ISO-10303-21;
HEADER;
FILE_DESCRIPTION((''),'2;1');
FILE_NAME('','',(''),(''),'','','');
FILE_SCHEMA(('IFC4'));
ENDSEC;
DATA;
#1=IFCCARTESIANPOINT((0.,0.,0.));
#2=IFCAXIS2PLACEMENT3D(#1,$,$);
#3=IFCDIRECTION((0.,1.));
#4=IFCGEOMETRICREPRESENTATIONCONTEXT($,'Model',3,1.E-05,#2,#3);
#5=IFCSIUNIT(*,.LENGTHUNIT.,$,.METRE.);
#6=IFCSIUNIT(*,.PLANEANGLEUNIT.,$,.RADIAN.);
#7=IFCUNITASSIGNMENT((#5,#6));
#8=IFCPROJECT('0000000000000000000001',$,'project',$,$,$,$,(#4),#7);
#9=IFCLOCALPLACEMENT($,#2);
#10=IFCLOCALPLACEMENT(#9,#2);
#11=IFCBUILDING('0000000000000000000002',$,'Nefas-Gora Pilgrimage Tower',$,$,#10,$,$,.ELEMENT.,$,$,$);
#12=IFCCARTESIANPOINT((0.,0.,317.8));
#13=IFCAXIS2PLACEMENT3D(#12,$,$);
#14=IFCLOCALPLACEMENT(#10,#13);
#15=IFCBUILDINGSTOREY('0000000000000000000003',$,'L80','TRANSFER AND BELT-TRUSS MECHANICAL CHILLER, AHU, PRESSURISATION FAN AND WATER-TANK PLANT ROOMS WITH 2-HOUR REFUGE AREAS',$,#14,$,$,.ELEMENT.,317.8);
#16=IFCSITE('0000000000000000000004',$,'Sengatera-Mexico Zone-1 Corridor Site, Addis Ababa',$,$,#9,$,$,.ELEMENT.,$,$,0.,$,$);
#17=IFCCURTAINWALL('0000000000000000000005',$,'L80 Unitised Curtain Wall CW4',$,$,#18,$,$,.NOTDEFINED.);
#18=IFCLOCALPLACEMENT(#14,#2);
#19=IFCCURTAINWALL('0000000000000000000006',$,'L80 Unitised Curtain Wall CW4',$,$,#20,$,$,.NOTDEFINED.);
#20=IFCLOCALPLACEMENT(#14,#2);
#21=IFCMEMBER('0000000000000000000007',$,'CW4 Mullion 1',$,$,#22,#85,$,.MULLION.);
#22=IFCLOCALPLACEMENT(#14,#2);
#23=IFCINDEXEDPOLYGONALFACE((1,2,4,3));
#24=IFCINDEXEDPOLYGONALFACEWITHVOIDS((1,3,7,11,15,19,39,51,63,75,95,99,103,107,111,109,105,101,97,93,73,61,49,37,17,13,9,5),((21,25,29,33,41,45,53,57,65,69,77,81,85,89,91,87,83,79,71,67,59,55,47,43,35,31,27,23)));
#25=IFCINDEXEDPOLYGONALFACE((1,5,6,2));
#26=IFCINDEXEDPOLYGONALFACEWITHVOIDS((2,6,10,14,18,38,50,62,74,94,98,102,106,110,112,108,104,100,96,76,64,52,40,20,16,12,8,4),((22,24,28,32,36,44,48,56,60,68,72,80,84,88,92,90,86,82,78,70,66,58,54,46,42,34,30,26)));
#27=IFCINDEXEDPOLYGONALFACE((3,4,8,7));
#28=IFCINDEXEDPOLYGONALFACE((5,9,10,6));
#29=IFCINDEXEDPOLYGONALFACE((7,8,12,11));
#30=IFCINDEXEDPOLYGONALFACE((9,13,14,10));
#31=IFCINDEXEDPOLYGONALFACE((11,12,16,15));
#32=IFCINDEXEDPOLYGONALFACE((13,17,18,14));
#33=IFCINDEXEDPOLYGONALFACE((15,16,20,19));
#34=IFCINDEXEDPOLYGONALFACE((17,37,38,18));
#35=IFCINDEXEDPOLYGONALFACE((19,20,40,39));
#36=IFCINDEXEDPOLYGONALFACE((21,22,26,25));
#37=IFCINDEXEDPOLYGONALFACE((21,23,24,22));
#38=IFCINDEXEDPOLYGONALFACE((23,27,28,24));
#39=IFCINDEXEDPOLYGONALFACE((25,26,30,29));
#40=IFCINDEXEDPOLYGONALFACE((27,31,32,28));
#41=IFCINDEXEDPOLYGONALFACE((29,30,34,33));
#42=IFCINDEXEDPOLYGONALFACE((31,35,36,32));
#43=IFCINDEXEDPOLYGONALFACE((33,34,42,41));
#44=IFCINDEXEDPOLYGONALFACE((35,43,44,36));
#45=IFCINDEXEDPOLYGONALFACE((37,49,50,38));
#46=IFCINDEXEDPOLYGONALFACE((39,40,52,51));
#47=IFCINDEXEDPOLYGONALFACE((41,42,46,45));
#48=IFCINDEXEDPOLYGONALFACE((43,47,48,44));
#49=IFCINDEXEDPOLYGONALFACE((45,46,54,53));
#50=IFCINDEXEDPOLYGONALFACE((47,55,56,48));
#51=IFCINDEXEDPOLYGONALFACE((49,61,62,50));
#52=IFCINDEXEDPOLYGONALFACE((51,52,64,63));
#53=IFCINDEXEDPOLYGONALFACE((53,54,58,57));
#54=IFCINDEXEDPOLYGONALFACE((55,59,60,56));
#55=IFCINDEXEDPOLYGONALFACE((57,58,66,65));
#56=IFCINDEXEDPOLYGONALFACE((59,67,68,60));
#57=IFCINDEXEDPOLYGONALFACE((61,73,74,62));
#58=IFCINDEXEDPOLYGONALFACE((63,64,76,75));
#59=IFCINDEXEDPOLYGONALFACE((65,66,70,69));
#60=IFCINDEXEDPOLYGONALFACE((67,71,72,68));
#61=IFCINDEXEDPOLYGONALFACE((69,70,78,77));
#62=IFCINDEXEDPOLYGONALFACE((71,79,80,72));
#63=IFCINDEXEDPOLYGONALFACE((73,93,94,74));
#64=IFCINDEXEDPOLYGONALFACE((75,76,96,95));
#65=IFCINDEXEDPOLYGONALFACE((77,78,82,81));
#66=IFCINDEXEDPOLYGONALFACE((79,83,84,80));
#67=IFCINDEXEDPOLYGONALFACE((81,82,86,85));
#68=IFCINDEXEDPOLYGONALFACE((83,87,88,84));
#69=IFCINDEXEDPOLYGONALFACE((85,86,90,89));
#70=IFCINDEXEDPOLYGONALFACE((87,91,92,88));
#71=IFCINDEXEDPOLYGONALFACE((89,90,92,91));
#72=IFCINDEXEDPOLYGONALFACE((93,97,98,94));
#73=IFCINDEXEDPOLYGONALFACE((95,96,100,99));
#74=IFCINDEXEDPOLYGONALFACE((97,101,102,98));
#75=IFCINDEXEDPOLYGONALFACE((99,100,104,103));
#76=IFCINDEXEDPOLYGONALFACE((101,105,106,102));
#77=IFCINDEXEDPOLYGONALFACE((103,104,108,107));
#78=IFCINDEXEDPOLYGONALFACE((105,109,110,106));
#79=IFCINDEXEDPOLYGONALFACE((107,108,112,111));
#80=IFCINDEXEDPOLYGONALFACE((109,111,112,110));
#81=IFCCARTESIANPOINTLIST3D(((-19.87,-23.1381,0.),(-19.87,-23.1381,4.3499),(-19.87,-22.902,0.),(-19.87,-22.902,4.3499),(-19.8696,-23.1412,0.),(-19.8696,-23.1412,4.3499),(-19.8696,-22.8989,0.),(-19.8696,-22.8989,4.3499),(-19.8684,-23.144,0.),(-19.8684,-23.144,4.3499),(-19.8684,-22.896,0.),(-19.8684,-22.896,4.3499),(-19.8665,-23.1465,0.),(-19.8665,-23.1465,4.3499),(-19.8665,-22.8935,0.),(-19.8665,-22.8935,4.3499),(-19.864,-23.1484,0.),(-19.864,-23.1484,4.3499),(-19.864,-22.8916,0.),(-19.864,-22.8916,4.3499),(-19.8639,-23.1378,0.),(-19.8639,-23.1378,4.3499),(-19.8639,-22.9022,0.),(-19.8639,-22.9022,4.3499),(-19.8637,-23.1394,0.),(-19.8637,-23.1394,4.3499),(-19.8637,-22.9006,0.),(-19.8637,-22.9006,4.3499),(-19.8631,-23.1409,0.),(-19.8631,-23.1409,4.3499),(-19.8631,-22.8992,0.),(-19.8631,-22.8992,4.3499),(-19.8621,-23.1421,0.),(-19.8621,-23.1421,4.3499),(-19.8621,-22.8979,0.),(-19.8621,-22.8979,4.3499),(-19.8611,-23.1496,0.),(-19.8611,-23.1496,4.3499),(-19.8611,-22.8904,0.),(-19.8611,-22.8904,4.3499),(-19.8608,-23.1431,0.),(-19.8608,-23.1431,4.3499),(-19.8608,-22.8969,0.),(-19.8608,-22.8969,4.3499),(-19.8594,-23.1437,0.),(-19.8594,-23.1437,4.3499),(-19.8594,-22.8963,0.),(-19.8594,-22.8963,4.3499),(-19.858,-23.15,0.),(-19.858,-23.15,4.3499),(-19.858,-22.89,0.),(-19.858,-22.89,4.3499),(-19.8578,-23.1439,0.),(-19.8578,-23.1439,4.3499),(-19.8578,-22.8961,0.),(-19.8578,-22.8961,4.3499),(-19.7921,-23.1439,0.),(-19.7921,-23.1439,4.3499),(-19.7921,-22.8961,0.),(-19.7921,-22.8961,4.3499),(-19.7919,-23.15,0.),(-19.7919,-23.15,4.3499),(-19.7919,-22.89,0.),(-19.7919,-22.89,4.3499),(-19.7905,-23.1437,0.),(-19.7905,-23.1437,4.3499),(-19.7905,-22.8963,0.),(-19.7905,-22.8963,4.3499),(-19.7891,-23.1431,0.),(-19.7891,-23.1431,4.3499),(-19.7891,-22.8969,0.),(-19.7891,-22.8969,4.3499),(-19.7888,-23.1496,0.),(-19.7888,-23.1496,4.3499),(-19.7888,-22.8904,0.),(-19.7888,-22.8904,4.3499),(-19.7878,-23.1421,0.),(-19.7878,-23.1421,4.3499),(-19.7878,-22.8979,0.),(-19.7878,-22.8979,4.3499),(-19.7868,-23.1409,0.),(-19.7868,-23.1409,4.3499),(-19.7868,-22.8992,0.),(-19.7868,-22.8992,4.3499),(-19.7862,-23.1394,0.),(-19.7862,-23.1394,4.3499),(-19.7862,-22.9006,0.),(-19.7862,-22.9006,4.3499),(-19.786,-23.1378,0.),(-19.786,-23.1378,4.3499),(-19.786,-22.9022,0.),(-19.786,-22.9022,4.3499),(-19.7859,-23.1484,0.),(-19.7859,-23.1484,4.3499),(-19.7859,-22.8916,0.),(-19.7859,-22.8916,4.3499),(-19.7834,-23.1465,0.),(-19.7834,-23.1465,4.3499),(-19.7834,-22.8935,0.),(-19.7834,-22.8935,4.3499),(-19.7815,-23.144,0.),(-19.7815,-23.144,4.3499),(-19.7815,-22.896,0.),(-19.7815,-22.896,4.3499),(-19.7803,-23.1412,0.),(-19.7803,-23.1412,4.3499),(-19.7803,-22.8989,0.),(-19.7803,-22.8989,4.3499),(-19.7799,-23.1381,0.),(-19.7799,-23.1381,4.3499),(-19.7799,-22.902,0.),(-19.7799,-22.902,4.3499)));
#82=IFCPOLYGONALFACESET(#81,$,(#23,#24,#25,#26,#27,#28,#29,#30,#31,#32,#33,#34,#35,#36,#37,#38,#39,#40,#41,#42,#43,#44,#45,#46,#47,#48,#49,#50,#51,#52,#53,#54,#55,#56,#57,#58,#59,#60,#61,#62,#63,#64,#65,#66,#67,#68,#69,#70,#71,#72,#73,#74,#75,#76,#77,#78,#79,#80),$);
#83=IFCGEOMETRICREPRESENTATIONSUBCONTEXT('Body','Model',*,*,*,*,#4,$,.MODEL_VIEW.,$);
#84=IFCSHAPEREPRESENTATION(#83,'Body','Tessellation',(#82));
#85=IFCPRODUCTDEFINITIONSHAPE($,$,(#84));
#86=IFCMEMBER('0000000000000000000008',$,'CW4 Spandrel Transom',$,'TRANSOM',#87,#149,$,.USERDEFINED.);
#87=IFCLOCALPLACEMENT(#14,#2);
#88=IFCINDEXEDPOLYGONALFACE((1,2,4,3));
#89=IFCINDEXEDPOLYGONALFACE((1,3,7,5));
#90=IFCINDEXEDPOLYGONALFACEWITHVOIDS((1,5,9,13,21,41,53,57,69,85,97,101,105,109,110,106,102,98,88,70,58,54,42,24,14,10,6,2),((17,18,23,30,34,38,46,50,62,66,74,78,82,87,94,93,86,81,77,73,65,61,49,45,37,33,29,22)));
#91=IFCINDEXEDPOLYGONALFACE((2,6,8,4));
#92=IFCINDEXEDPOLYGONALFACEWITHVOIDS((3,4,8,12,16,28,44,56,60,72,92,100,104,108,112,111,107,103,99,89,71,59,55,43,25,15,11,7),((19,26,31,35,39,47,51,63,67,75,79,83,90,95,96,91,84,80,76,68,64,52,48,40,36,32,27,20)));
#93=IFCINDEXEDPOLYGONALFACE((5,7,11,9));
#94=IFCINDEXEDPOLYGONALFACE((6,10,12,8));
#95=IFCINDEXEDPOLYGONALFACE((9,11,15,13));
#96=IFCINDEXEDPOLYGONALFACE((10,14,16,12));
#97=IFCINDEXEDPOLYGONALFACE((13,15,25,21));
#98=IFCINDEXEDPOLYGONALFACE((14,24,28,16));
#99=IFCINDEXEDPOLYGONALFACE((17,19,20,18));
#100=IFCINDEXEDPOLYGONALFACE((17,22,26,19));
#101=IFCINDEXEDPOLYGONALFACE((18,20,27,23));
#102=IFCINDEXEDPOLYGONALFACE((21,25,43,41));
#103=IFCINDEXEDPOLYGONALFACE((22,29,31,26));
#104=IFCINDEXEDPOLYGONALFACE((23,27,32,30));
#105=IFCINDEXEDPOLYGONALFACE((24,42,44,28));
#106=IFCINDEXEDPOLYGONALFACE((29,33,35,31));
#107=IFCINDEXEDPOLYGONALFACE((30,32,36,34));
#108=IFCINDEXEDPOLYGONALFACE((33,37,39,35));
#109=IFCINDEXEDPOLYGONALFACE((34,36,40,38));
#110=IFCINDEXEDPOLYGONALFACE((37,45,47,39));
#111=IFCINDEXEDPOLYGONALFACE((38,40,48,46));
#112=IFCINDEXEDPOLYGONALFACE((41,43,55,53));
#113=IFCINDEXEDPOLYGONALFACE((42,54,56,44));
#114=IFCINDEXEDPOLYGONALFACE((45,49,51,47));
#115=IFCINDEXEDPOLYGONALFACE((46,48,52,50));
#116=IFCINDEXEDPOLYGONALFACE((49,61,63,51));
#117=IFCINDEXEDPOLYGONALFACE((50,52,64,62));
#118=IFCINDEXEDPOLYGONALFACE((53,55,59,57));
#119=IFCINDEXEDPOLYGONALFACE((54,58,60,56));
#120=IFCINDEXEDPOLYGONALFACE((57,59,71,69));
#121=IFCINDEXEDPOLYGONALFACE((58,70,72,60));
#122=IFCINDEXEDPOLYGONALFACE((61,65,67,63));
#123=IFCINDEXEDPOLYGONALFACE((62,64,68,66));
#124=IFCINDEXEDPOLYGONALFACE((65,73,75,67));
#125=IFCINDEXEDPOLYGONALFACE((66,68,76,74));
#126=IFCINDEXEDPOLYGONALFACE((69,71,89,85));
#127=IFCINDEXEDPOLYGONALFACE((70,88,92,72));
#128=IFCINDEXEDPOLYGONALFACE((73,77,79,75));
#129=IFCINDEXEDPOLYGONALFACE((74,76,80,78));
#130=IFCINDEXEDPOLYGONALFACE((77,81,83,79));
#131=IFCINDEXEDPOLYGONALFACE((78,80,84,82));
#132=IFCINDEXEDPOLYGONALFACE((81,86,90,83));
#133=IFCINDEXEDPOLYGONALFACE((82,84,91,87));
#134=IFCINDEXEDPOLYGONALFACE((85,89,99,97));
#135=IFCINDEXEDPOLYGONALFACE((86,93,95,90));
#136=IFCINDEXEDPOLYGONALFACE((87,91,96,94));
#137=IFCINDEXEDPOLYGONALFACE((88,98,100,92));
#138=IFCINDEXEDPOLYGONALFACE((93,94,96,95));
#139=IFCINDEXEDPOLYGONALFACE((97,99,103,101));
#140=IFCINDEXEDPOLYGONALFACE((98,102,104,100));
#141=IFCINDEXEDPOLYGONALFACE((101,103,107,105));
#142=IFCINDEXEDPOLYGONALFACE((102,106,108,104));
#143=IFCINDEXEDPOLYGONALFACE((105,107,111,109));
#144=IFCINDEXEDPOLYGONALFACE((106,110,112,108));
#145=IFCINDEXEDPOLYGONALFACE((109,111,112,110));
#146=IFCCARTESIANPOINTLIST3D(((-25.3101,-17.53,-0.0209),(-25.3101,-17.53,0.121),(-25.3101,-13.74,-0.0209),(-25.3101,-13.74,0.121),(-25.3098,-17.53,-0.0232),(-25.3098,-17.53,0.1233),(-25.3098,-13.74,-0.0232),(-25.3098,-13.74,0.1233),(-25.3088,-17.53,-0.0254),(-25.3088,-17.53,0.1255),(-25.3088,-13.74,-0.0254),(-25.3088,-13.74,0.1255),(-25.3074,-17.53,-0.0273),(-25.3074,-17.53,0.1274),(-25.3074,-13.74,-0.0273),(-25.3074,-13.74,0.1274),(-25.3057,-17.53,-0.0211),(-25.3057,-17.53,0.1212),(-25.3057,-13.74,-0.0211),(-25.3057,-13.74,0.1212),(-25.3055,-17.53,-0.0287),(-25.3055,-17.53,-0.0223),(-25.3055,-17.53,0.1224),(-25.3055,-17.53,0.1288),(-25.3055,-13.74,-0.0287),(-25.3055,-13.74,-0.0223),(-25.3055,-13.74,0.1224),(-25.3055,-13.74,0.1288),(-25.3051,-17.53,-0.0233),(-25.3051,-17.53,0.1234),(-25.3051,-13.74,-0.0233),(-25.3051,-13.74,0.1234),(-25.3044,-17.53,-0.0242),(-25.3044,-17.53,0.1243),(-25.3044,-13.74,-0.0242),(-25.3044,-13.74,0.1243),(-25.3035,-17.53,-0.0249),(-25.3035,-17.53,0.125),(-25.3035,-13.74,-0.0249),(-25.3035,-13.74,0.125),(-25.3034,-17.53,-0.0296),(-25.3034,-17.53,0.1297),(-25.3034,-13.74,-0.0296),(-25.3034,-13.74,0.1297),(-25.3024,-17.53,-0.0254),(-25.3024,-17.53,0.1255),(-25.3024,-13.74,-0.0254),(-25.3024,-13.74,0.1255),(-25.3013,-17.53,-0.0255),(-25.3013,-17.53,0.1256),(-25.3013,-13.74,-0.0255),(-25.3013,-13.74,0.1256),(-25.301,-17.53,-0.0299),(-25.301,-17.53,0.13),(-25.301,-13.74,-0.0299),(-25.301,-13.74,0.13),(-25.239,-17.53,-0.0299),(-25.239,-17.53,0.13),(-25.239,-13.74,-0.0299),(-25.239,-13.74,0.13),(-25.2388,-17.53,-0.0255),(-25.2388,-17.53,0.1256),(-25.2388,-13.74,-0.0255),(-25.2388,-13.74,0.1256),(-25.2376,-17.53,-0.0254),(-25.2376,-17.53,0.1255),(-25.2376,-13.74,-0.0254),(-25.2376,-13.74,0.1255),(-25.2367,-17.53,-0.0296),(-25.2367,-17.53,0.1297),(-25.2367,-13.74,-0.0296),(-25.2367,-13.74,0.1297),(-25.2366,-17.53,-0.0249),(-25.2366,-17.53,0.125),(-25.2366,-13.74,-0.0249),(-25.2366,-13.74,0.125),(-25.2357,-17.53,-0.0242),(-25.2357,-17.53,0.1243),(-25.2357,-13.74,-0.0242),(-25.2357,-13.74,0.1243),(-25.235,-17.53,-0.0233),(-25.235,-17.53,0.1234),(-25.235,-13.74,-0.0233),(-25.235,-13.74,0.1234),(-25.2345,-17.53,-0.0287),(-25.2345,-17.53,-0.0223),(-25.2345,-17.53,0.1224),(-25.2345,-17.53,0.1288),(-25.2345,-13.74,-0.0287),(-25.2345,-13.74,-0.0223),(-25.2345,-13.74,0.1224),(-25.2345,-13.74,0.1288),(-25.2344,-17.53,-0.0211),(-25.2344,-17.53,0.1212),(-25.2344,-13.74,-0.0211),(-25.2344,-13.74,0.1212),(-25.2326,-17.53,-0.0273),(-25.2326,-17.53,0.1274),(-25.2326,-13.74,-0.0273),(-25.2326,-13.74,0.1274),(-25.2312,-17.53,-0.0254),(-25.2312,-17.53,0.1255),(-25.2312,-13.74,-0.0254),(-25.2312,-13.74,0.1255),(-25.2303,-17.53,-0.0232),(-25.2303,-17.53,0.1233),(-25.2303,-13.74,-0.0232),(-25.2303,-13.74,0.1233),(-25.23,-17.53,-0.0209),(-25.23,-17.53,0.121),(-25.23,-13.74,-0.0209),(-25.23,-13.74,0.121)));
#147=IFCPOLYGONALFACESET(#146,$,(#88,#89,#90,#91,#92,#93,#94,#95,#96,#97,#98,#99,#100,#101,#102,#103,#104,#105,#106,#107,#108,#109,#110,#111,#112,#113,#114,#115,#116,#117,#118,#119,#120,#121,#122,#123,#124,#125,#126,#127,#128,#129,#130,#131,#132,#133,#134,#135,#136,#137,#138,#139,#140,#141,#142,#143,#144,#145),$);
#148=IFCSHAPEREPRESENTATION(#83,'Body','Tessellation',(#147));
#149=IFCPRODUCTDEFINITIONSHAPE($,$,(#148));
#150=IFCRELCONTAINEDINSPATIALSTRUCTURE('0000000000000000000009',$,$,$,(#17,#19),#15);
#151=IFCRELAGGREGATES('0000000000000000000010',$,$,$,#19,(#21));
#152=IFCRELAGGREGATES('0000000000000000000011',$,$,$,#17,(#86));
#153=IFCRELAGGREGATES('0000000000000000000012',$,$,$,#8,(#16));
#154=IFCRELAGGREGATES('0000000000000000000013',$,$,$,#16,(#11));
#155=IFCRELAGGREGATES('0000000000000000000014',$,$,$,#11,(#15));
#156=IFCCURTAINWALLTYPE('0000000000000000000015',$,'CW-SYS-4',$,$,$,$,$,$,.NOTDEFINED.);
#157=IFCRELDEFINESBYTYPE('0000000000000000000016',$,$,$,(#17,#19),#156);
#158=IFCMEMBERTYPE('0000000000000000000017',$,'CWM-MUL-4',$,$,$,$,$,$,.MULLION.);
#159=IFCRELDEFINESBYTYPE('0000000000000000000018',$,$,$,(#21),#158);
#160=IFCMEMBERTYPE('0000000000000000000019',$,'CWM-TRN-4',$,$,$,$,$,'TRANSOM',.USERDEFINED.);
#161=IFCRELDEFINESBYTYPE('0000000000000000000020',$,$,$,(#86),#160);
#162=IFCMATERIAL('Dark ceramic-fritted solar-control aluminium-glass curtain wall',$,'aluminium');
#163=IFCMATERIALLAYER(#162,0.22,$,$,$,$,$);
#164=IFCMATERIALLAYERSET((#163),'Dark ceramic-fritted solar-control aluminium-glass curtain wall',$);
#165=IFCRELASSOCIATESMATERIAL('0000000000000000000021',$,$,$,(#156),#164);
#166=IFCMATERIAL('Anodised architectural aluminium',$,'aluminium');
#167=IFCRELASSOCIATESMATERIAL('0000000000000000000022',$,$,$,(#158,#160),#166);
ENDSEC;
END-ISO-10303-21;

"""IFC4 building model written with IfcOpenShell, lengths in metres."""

from ifc_helpers import new_model, si_unit, direction, frame, origin, origin_2d, place, context, subcontext, project, spatial, hollow_rectangle, extrude, source, transform, mapped, material, layer, layer_set, material_profile, profile_set, type_object, element, aggregate, save


model = new_model("IFC4")

# Units and contexts
model_context = context("Model", 3, precision=1e-05, world=origin(), true_north=direction((0.0, 1.0)))
body_context = subcontext(model_context, "Body", "Model", "MODEL_VIEW")
ifc_project = project(units=[si_unit("LENGTHUNIT", "METRE"), si_unit("PLANEANGLEUNIT", "RADIAN")], contexts=[model_context])

# Site, building, storey
site_placement = place(None, origin())
site = spatial("IfcSite", under=ifc_project, at=site_placement, Name="Sengatera-Mexico Zone-1 Corridor Site, Addis Ababa", CompositionType="ELEMENT", RefElevation=0.0)
building_placement = place(site_placement, origin())
building = spatial("IfcBuilding", under=site, at=building_placement, Name="Nefas-Gora Pilgrimage Tower", CompositionType="ELEMENT")
storey_placement = place(building_placement, frame((0.0, 0.0, 317.8)))
storey = spatial("IfcBuildingStorey", under=building, at=storey_placement, Name="L80", Description="TRANSFER AND BELT-TRUSS MECHANICAL CHILLER, AHU, PRESSURISATION FAN AND WATER-TANK PLANT ROOMS WITH 2-HOUR REFUGE AREAS", CompositionType="ELEMENT", Elevation=317.8)

# Curtain wall
ifc_material_1 = material(Name="Dark ceramic-fritted solar-control aluminium-glass curtain wall", Category="aluminium")
ifc_layer_1 = layer(ifc_material_1, 0.22)
ifc_layer_set_1 = layer_set([ifc_layer_1], Name="Dark ceramic-fritted solar-control aluminium-glass curtain wall")
curtain_wall_type = type_object("IfcCurtainWallType", Name="CW-SYS-4", PredefinedType="NOTDEFINED", material=ifc_layer_set_1)
curtain_wall_1_placement = place(storey_placement, origin())
curtain_wall_1 = element("IfcCurtainWall", 1, at=curtain_wall_1_placement, inside=storey, type_object=curtain_wall_type, Name="L80 Unitised Curtain Wall CW4", PredefinedType="NOTDEFINED")
ifc_material_2 = material(Name="Anodised architectural aluminium", Category="aluminium")
ifc_material_profile_1 = material_profile(ifc_material_2, hollow_rectangle(XDim=0.0901, YDim=0.26, WallThickness=0.0061, InnerFilletRadius=0.0061, OuterFilletRadius=0.012, at=origin_2d()), Name="ALU MULLION 90x260")
ifc_profile_set_1 = profile_set([ifc_material_profile_1], Name="Anodised architectural aluminium")
member_type_1 = type_object("IfcMemberType", Name="CWM-MUL-4", PredefinedType="MULLION", material=ifc_profile_set_1)
shared_shape_1 = source(origin(), body_context, "Body", "SweptSolid", [
    extrude(hollow_rectangle(XDim=0.0901, YDim=0.26, WallThickness=0.0061, InnerFilletRadius=0.0061, OuterFilletRadius=0.012, at=origin_2d()), origin(), (0.0, 0.0, 1.0), 4.3499),
])

# Curtain wall, member
curtain_wall_2_placement = place(storey_placement, origin())
curtain_wall_2 = element("IfcCurtainWall", 2, at=curtain_wall_2_placement, inside=storey, type_object=curtain_wall_type, Name="L80 Unitised Curtain Wall CW4", PredefinedType="NOTDEFINED")
member_1_placement = place(storey_placement, frame((-19.825, -23.02, 0.0), z_axis=(0.0, 0.0, 1.0), x_axis=(1.0, 0.0, 0.0)))
member_1 = element("IfcMember", 3, at=member_1_placement, type_object=member_type_1, Name="CW4 Mullion 1", PredefinedType="MULLION", context=body_context, shape_type="MappedRepresentation", body=[
    mapped(shared_shape_1, transform((0.0, 0.0, 0.0), x_axis=(1.0, 0.0, 0.0), y_axis=(0.0, 1.0, 0.0), z_axis=(0.0, 0.0, 1.0), scale=1.0)),
])

# Member
ifc_material_profile_2 = material_profile(ifc_material_2, hollow_rectangle(XDim=0.0801, YDim=0.1599, WallThickness=0.0044, InnerFilletRadius=0.0044, OuterFilletRadius=0.009, at=origin_2d()), Name="ALU TRANSOM 80x160")
ifc_profile_set_2 = profile_set([ifc_material_profile_2], Name="Anodised architectural aluminium")
member_type_2 = type_object("IfcMemberType", Name="CWM-TRN-4", ElementType="TRANSOM", PredefinedType="USERDEFINED", material=ifc_profile_set_2)
shared_shape_2 = source(origin(), body_context, "Body", "SweptSolid", [
    extrude(hollow_rectangle(XDim=0.0801, YDim=0.1599, WallThickness=0.0044, InnerFilletRadius=0.0044, OuterFilletRadius=0.009, at=origin_2d()), origin(), (0.0, 0.0, 1.0), 3.79),
])
member_2_placement = place(storey_placement, frame((-25.27, -13.74, 0.05), z_axis=(0.0, -1.0, 0.0), x_axis=(1.0, 0.0, 0.0)))
member_2 = element("IfcMember", 4, at=member_2_placement, type_object=member_type_2, Name="CW4 Spandrel Transom", ObjectType="TRANSOM", PredefinedType="USERDEFINED", context=body_context, shape_type="MappedRepresentation", body=[
    mapped(shared_shape_2, transform((0.0, 0.0, 0.0), x_axis=(1.0, 0.0, 0.0), y_axis=(0.0, 1.0, 0.0), z_axis=(0.0, 0.0, 1.0), scale=1.0)),
])
aggregate(curtain_wall_2, [member_1])

aggregate(curtain_wall_1, [member_2])

save(model, "model.ifc")
